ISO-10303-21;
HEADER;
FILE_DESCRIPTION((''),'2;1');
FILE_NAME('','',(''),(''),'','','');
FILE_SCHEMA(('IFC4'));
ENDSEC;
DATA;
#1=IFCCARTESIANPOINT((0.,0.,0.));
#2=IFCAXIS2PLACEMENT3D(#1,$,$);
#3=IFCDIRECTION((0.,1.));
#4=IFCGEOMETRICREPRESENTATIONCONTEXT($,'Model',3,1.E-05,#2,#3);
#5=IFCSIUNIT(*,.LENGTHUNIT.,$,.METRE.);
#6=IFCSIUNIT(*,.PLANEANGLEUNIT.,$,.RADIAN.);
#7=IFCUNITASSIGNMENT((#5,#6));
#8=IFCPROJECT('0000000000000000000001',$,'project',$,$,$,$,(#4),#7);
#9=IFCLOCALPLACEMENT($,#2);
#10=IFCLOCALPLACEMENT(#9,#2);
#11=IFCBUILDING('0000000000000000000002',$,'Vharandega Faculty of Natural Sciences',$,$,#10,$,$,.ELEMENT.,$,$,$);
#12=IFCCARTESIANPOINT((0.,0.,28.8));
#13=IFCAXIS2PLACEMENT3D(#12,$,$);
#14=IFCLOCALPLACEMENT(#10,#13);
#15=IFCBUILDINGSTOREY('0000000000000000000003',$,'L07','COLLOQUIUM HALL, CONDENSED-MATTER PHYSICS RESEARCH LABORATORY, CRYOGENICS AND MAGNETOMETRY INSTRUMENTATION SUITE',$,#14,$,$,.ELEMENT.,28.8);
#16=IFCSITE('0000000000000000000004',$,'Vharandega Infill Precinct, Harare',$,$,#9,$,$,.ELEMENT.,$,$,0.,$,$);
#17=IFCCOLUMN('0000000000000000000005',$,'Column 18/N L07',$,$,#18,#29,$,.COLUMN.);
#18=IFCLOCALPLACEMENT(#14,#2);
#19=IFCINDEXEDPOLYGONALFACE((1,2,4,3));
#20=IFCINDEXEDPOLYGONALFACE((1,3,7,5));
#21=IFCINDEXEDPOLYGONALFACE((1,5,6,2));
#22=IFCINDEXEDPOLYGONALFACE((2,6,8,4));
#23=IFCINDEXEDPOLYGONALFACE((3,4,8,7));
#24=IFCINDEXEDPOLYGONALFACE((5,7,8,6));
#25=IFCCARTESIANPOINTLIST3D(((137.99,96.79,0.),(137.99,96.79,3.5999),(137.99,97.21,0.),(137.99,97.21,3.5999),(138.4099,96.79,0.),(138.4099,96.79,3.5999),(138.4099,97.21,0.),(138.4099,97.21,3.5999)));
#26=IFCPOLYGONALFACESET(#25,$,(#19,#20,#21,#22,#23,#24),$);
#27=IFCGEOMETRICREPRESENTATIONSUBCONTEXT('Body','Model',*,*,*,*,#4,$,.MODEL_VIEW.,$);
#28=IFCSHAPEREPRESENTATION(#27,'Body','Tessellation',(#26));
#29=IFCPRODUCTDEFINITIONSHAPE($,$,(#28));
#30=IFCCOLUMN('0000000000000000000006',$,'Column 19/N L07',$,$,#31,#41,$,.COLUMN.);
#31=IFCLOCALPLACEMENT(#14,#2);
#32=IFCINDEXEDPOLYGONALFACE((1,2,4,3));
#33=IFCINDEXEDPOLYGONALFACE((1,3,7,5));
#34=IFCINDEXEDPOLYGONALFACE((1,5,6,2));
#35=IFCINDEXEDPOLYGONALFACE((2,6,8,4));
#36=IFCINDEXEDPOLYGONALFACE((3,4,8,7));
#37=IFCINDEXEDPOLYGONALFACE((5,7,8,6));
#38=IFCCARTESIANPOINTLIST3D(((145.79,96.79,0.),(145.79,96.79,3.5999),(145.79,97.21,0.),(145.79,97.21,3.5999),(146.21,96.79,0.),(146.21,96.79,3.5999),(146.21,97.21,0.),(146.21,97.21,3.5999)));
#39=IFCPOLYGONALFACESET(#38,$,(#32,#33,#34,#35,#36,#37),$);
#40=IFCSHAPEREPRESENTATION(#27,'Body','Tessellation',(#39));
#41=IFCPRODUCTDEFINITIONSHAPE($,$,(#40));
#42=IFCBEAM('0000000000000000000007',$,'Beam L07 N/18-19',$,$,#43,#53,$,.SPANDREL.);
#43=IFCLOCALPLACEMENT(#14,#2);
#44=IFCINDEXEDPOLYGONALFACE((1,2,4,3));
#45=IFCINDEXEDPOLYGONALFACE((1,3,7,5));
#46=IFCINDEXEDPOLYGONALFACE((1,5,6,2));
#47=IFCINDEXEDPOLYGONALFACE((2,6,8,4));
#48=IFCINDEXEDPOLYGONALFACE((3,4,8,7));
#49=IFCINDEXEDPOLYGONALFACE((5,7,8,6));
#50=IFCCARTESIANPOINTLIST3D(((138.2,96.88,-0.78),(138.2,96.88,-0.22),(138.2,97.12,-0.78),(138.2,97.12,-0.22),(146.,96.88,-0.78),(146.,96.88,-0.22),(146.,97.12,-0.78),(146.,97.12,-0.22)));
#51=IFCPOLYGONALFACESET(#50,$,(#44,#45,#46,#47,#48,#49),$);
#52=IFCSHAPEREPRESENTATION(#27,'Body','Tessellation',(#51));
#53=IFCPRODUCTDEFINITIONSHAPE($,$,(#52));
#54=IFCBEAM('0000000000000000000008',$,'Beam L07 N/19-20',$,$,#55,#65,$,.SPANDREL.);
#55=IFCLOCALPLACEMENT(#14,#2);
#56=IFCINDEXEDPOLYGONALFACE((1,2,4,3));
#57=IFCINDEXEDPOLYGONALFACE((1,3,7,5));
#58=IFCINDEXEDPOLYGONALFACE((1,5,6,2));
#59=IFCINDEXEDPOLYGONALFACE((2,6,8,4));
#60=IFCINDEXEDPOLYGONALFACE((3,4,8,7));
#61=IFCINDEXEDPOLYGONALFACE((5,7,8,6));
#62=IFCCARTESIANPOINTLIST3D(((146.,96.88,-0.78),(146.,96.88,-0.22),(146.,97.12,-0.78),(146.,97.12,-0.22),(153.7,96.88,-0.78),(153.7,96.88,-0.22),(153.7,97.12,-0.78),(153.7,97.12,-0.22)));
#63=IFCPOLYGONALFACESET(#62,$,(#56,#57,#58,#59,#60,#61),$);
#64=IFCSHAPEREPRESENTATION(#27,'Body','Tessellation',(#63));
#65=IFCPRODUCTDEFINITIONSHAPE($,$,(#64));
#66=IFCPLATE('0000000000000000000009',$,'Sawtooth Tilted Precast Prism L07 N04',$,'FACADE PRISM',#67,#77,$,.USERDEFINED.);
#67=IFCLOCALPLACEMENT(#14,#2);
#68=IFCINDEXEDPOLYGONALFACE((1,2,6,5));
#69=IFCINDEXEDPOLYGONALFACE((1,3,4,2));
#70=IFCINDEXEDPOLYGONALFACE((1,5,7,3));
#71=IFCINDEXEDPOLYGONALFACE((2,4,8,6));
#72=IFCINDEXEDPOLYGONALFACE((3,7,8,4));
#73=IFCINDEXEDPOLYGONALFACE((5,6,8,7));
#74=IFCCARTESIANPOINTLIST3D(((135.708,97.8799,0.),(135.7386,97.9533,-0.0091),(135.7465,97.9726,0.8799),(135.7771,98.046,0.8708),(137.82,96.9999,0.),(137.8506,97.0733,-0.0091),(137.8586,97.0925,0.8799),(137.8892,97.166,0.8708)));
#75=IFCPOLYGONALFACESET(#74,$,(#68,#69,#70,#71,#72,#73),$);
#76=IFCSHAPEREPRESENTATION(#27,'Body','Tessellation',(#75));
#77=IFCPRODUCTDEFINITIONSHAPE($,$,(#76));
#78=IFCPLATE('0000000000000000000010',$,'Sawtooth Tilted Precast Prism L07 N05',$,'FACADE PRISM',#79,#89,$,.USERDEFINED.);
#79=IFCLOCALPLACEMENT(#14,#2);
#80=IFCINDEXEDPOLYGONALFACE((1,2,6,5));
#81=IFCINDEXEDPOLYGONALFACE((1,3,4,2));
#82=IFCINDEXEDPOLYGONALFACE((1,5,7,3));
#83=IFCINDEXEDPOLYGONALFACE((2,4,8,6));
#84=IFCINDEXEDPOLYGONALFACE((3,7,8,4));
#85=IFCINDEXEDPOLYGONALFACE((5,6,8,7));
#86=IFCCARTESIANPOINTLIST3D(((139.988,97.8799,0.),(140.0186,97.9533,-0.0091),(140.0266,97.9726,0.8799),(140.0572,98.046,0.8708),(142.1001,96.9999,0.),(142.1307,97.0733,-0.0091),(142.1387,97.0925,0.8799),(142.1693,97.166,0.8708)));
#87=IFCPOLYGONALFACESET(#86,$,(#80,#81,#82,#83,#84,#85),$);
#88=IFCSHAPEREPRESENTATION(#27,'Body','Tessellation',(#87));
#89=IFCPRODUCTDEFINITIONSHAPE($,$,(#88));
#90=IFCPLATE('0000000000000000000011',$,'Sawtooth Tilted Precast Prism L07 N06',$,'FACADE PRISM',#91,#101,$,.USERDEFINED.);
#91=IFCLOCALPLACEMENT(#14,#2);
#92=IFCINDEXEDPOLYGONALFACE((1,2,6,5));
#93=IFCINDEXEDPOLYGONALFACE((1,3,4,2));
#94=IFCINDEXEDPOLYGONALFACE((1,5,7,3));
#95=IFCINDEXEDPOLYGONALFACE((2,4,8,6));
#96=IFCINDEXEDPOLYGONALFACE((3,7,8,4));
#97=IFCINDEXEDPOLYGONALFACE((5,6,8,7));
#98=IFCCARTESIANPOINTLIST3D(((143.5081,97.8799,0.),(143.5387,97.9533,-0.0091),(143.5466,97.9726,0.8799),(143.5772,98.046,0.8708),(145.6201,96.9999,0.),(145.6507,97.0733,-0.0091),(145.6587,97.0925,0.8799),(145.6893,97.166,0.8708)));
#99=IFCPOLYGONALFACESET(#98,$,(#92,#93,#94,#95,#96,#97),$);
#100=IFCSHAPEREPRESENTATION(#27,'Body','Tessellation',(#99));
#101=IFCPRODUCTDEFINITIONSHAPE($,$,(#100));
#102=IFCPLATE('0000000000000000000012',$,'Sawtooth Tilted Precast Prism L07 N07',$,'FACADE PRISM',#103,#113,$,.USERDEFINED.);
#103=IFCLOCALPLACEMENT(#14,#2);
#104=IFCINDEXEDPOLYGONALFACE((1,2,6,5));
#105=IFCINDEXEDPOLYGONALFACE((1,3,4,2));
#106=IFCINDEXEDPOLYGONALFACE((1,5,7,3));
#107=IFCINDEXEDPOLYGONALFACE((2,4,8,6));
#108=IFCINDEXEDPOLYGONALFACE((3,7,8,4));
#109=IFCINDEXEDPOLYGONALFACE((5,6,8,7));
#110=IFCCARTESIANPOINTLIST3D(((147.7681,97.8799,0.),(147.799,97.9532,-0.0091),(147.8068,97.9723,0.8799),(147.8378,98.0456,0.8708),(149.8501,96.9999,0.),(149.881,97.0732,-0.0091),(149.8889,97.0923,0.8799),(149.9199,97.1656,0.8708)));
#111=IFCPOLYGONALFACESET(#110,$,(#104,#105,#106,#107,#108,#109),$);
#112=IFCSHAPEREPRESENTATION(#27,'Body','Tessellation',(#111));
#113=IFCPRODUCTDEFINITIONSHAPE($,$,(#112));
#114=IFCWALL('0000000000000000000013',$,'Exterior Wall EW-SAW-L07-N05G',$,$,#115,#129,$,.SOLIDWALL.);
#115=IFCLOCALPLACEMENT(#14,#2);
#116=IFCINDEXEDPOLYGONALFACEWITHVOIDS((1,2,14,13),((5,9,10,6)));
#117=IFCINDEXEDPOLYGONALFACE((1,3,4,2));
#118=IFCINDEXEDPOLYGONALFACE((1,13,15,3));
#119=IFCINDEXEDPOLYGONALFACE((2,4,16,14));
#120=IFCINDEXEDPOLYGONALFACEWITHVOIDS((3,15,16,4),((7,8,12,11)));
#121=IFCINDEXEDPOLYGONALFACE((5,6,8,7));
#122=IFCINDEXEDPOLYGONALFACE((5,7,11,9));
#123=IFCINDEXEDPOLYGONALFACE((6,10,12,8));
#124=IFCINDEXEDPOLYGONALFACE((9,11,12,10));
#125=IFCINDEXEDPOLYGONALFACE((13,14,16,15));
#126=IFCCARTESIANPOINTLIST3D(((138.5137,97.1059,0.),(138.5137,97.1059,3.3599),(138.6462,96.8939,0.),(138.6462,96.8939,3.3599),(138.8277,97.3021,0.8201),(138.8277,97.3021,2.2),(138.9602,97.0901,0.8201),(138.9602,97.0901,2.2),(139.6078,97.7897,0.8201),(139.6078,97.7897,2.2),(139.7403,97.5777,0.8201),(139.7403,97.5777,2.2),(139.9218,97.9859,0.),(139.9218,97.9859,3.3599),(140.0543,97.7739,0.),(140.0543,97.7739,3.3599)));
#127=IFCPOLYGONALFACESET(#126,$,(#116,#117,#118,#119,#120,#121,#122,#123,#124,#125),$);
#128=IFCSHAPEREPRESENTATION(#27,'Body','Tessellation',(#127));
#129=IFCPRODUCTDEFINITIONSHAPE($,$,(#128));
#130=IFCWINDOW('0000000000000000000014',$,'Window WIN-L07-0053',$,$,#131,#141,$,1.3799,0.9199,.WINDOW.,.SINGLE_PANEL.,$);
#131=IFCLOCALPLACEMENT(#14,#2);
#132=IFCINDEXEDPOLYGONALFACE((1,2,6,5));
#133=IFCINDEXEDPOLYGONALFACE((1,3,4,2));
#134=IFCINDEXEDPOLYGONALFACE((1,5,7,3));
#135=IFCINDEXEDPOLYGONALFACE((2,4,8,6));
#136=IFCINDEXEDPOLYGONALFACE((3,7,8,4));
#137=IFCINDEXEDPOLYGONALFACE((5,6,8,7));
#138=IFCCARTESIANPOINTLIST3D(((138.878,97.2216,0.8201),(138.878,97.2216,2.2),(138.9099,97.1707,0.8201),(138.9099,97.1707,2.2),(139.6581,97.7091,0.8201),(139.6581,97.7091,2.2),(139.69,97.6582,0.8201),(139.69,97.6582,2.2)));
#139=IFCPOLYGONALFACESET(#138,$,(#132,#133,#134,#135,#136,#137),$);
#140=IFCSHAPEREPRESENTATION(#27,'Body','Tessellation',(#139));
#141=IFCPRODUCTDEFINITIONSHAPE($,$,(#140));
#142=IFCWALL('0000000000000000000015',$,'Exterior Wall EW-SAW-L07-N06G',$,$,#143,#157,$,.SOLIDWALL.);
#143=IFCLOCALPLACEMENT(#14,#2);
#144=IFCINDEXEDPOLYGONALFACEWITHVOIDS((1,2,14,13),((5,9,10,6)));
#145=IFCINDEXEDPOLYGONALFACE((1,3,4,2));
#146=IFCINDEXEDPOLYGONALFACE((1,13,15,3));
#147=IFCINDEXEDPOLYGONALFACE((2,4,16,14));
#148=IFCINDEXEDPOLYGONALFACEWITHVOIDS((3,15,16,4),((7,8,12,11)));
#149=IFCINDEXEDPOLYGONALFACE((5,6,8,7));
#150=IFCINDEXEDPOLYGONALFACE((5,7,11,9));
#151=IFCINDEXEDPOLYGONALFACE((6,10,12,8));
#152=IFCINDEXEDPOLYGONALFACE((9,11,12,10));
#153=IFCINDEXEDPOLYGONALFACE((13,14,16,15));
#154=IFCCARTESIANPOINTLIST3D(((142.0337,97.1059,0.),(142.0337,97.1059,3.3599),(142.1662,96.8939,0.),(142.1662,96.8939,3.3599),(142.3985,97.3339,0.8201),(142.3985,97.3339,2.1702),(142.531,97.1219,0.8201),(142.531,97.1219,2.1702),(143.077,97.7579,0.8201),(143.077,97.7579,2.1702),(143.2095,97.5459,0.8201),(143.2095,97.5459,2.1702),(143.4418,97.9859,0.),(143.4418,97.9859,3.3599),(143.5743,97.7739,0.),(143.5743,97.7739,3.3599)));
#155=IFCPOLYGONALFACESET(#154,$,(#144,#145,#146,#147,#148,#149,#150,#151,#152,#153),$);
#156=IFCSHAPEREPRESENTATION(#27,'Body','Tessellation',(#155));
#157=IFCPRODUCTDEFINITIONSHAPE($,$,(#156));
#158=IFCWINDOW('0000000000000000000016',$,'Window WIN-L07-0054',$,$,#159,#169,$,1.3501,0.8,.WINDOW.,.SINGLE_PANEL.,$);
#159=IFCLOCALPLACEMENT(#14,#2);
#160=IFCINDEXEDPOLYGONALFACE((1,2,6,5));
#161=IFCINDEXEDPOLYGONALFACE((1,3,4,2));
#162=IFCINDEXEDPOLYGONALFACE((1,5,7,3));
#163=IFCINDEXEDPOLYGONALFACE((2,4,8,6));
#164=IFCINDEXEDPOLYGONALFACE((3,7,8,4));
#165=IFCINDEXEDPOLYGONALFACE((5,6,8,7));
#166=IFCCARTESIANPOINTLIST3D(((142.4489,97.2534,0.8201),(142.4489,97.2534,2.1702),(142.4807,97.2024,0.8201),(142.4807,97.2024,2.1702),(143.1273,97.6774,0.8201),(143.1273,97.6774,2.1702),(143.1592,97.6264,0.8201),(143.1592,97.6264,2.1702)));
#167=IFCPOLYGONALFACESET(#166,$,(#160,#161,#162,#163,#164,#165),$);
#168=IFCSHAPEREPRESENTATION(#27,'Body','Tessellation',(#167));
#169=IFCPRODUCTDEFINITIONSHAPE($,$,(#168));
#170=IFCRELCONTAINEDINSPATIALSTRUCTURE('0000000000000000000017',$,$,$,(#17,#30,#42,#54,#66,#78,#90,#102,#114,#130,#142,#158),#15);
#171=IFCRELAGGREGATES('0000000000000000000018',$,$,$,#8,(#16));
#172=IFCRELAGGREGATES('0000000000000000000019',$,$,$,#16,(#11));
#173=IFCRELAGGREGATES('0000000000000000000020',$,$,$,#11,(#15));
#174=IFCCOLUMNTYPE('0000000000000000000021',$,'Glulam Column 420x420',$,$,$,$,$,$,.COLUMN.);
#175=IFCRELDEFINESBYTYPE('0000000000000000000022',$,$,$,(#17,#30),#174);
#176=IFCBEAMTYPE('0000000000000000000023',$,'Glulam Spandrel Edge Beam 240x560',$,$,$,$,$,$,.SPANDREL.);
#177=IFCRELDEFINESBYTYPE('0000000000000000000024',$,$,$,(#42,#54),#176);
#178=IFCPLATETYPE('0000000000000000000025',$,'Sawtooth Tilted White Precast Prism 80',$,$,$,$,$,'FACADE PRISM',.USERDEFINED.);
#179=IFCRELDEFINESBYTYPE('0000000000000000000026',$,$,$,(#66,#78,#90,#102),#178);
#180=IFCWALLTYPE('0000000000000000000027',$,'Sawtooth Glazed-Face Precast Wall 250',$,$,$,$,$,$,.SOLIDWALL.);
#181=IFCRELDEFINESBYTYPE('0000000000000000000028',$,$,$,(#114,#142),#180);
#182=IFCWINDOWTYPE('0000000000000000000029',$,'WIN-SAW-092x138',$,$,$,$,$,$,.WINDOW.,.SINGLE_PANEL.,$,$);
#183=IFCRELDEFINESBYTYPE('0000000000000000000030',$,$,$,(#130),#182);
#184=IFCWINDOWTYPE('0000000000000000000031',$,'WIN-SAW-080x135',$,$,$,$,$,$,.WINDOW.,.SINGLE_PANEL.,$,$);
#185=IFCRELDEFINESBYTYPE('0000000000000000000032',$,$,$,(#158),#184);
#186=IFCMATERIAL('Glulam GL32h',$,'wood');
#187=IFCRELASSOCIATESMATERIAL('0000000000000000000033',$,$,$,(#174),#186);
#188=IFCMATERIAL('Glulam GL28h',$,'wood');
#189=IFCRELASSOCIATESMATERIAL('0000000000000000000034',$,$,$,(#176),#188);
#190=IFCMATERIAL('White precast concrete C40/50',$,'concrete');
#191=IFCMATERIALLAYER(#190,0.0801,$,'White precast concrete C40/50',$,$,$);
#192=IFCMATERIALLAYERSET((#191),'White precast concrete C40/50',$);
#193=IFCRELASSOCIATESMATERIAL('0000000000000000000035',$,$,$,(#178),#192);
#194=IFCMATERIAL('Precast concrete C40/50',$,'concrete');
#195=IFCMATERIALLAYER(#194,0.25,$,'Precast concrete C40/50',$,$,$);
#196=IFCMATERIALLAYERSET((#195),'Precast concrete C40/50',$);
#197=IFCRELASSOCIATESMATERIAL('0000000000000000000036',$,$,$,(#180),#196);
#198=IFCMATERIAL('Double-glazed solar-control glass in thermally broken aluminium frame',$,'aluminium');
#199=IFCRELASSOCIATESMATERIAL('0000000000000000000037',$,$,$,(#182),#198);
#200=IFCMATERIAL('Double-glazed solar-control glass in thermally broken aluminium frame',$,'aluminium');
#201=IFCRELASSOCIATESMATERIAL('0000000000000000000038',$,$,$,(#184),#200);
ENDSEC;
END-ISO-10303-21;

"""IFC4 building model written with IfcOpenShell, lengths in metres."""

from ifc_helpers import new_model, si_unit, direction, frame, frame_2d, origin, origin_2d, place, context, subcontext, project, spatial, polyline, rectangle, outline, extrude, material, layer, layer_set, material_profile, profile_set, type_object, element, fill, save


model = new_model("IFC4")

# Units and contexts
model_context = context("Model", 3, precision=1e-05, world=origin(), true_north=direction((0.0, 1.0)))
body_context = subcontext(model_context, "Body", "Model", "MODEL_VIEW")
ifc_project = project(units=[si_unit("LENGTHUNIT", "METRE"), si_unit("PLANEANGLEUNIT", "RADIAN")], contexts=[model_context])

# Site, building, storey
site_placement = place(None, origin())
site = spatial("IfcSite", under=ifc_project, at=site_placement, Name="Vharandega Infill Precinct, Harare", CompositionType="ELEMENT", RefElevation=0.0)
building_placement = place(site_placement, origin())
building = spatial("IfcBuilding", under=site, at=building_placement, Name="Vharandega Faculty of Natural Sciences", CompositionType="ELEMENT")
storey_placement = place(building_placement, frame((0.0, 0.0, 28.8)))
storey = spatial("IfcBuildingStorey", under=building, at=storey_placement, Name="L07", Description="COLLOQUIUM HALL, CONDENSED-MATTER PHYSICS RESEARCH LABORATORY, CRYOGENICS AND MAGNETOMETRY INSTRUMENTATION SUITE", CompositionType="ELEMENT", Elevation=28.8)

# Columns
ifc_material_1 = material(Name="Glulam GL32h", Category="wood")
ifc_material_profile_1 = material_profile(ifc_material_1, rectangle(XDim=0.4199, YDim=0.4199, at=origin_2d()), Name="GL32h 420x420")
ifc_profile_set_1 = profile_set([ifc_material_profile_1], Name="Glulam GL32h")
column_type = type_object("IfcColumnType", Name="Glulam Column 420x420", PredefinedType="COLUMN", material=ifc_profile_set_1)
for number, where, z_axis, x_axis, name in (
    (1, (138.2, 97.0, 0.0), (0.0, 0.0, 1.0), (1.0, 0.0, 0.0), "Column 18/N L07"),
    (2, (146.0, 97.0, 0.0), (0.0, 0.0, 1.0), (1.0, 0.0, 0.0), "Column 19/N L07"),
):
    element("IfcColumn", number, at=place(storey_placement, frame(where, z_axis=z_axis, x_axis=x_axis)), inside=storey, type_object=column_type, Name=name, PredefinedType="COLUMN", context=body_context, shape_type="SweptSolid", body=[
        extrude(rectangle(XDim=0.4199, YDim=0.4199, at=origin_2d()), origin(), (0.0, 0.0, 1.0), 3.5999),
    ])

# Beams
ifc_material_2 = material(Name="Glulam GL28h", Category="wood")
ifc_material_profile_2 = material_profile(ifc_material_2, rectangle(XDim=0.24, YDim=0.5601, at=origin_2d()), Name="GL28h 240x560")
ifc_profile_set_2 = profile_set([ifc_material_profile_2], Name="Glulam GL28h")
beam_type = type_object("IfcBeamType", Name="Glulam Spandrel Edge Beam 240x560", PredefinedType="SPANDREL", material=ifc_profile_set_2)
beam_1_placement = place(storey_placement, frame((138.2, 97.0, -0.5), z_axis=(1.0, 0.0, 0.0), x_axis=(0.0, 1.0, 0.0)))
element("IfcBeam", 3, at=beam_1_placement, inside=storey, type_object=beam_type, Name="Beam L07 N/18-19", PredefinedType="SPANDREL", context=body_context, shape_type="SweptSolid", body=[
    extrude(rectangle(XDim=0.24, YDim=0.5601, at=origin_2d()), origin(), (0.0, 0.0, 1.0), 7.8),
])
beam_2_placement = place(storey_placement, frame((146.0, 97.0, -0.5), z_axis=(1.0, 0.0, 0.0), x_axis=(0.0, 1.0, 0.0)))
element("IfcBeam", 4, at=beam_2_placement, inside=storey, type_object=beam_type, Name="Beam L07 N/19-20", PredefinedType="SPANDREL", context=body_context, shape_type="SweptSolid", body=[
    extrude(rectangle(XDim=0.24, YDim=0.5601, at=origin_2d()), origin(), (0.0, 0.0, 1.0), 7.7),
])

# Plates
ifc_material_3 = material(Name="White precast concrete C40/50", Category="concrete")
ifc_layer_1 = layer(ifc_material_3, 0.0801, Name="White precast concrete C40/50")
ifc_layer_set_1 = layer_set([ifc_layer_1], Name="White precast concrete C40/50")
plate_type = type_object("IfcPlateType", Name="Sawtooth Tilted White Precast Prism 80", ElementType="FACADE PRISM", PredefinedType="USERDEFINED", material=ifc_layer_set_1)
for number, where, z_axis, x_axis, name in (
    (5, (135.708, 97.8799, 0.0), (-0.38213, -0.917133, 0.113326), (0.043509, 0.104642, 0.993558), "Sawtooth Tilted Precast Prism L07 N04"),
    (6, (139.988, 97.8799, 0.0), (-0.38213, -0.917133, 0.113326), (0.043509, 0.104642, 0.993558), "Sawtooth Tilted Precast Prism L07 N05"),
    (7, (143.5081, 97.8799, 0.0), (-0.38213, -0.917133, 0.113326), (0.043509, 0.104642, 0.993558), "Sawtooth Tilted Precast Prism L07 N06"),
):
    element("IfcPlate", number, at=place(storey_placement, frame(where, z_axis=z_axis, x_axis=x_axis)), inside=storey, type_object=plate_type, Name=name, ObjectType="FACADE PRISM", PredefinedType="USERDEFINED", context=body_context, shape_type="SweptSolid", body=[
        extrude(outline(polyline([(0.0, 0.0), (0.8856, 0.0), (0.8854, -2.2881), (-0.0002, -2.288), (0.0, 0.0)])), origin(), (0.0, 0.0, -1.0), 0.0801),
    ])
plate_placement = place(storey_placement, frame((147.7681, 97.8799, 0.0), z_axis=(-0.386818, -0.915184, 0.11318), x_axis=(0.043785, 0.104368, 0.993574)))
element("IfcPlate", 8, at=plate_placement, inside=storey, type_object=plate_type, Name="Sawtooth Tilted Precast Prism L07 N07", ObjectType="FACADE PRISM", PredefinedType="USERDEFINED", context=body_context, shape_type="SweptSolid", body=[
    extrude(outline(polyline([(0.0, 0.0), (0.8856, 0.0), (0.8849, -2.2604), (-0.0007, -2.2603), (0.0, 0.0)])), origin(), (0.0, 0.0, -1.0), 0.0801),
])

# Walls, openings, windows
ifc_material_4 = material(Name="Precast concrete C40/50", Category="concrete")
ifc_layer_2 = layer(ifc_material_4, 0.25, Name="Precast concrete C40/50")
ifc_layer_set_2 = layer_set([ifc_layer_2], Name="Precast concrete C40/50")
wall_type_1 = type_object("IfcWallType", Name="Sawtooth Glazed-Face Precast Wall 250", PredefinedType="SOLIDWALL", material=ifc_layer_set_2)
wall_1_placement = place(storey_placement, frame((138.5801, 97.0, 0.0), z_axis=(0.0, 0.0, 1.0), x_axis=(0.848023, 0.529959, 0.0)))
wall_1 = element("IfcWall", 9, at=wall_1_placement, inside=storey, type_object=wall_type_1, Name="Exterior Wall EW-SAW-L07-N05G", PredefinedType="SOLIDWALL", context=body_context, shape_type="SweptSolid", body=[
    extrude(rectangle(XDim=1.6604, YDim=0.25, at=frame_2d((0.8301, 0.0))), origin(), (0.0, 0.0, 1.0), 3.3599),
])
opening_1_placement = place(wall_1_placement, frame((0.3701, 0.0, 0.8201)))
opening_1 = element("IfcOpeningElement", 10, at=opening_1_placement, cuts=wall_1, PredefinedType="OPENING", context=body_context, shape_type="SweptSolid", body=[
    extrude(rectangle(XDim=0.9199, YDim=1.3799, at=frame_2d((0.46, 0.6899))), frame((0.0, 0.135, 0.0), z_axis=(0.0, -1.0, 0.0), x_axis=(1.0, 0.0, 0.0)), (0.0, 0.0, 1.0), 0.27),
])
ifc_material_5 = material(Name="Double-glazed solar-control glass in thermally broken aluminium frame", Category="aluminium")
window_type_1 = type_object("IfcWindowType", Name="WIN-SAW-092x138", PartitioningType="SINGLE_PANEL", PredefinedType="WINDOW", material=ifc_material_5)
window_1_placement = place(opening_1_placement, origin())
window_1 = element("IfcWindow", 11, at=window_1_placement, inside=storey, type_object=window_type_1, Name="Window WIN-L07-0053", OverallHeight=1.3799, OverallWidth=0.9199, PartitioningType="SINGLE_PANEL", PredefinedType="WINDOW", context=body_context, shape_type="SweptSolid", body=[
    extrude(rectangle(XDim=0.9199, YDim=1.3799, at=frame_2d((0.46, 0.6899))), frame((0.0, 0.03, 0.0), z_axis=(0.0, -1.0, 0.0), x_axis=(1.0, 0.0, 0.0)), (0.0, 0.0, 1.0), 0.0601),
])
fill(opening_1, window_1)
wall_2_placement = place(storey_placement, frame((142.1001, 97.0, 0.0), z_axis=(0.0, 0.0, 1.0), x_axis=(0.848023, 0.529959, 0.0)))
wall_2 = element("IfcWall", 12, at=wall_2_placement, inside=storey, type_object=wall_type_1, Name="Exterior Wall EW-SAW-L07-N06G", PredefinedType="SOLIDWALL", context=body_context, shape_type="SweptSolid", body=[
    extrude(rectangle(XDim=1.6604, YDim=0.25, at=frame_2d((0.8301, 0.0))), origin(), (0.0, 0.0, 1.0), 3.3599),
])
opening_2_placement = place(wall_2_placement, frame((0.4302, 0.0, 0.8201)))
opening_2 = element("IfcOpeningElement", 13, at=opening_2_placement, cuts=wall_2, PredefinedType="OPENING", context=body_context, shape_type="SweptSolid", body=[
    extrude(rectangle(XDim=0.8, YDim=1.3501, at=frame_2d((0.3999, 0.675))), frame((0.0, 0.135, 0.0), z_axis=(0.0, -1.0, 0.0), x_axis=(1.0, 0.0, 0.0)), (0.0, 0.0, 1.0), 0.27),
])
ifc_material_6 = material(Name="Double-glazed solar-control glass in thermally broken aluminium frame", Category="aluminium")
window_type_2 = type_object("IfcWindowType", Name="WIN-SAW-080x135", PartitioningType="SINGLE_PANEL", PredefinedType="WINDOW", material=ifc_material_6)
window_2_placement = place(opening_2_placement, origin())
window_2 = element("IfcWindow", 14, at=window_2_placement, inside=storey, type_object=window_type_2, Name="Window WIN-L07-0054", OverallHeight=1.3501, OverallWidth=0.8, PartitioningType="SINGLE_PANEL", PredefinedType="WINDOW", context=body_context, shape_type="SweptSolid", body=[
    extrude(rectangle(XDim=0.8, YDim=1.3501, at=frame_2d((0.3999, 0.675))), frame((0.0, 0.03, 0.0), z_axis=(0.0, -1.0, 0.0), x_axis=(1.0, 0.0, 0.0)), (0.0, 0.0, 1.0), 0.0601),
])
fill(opening_2, window_2)

save(model, "model.ifc")
